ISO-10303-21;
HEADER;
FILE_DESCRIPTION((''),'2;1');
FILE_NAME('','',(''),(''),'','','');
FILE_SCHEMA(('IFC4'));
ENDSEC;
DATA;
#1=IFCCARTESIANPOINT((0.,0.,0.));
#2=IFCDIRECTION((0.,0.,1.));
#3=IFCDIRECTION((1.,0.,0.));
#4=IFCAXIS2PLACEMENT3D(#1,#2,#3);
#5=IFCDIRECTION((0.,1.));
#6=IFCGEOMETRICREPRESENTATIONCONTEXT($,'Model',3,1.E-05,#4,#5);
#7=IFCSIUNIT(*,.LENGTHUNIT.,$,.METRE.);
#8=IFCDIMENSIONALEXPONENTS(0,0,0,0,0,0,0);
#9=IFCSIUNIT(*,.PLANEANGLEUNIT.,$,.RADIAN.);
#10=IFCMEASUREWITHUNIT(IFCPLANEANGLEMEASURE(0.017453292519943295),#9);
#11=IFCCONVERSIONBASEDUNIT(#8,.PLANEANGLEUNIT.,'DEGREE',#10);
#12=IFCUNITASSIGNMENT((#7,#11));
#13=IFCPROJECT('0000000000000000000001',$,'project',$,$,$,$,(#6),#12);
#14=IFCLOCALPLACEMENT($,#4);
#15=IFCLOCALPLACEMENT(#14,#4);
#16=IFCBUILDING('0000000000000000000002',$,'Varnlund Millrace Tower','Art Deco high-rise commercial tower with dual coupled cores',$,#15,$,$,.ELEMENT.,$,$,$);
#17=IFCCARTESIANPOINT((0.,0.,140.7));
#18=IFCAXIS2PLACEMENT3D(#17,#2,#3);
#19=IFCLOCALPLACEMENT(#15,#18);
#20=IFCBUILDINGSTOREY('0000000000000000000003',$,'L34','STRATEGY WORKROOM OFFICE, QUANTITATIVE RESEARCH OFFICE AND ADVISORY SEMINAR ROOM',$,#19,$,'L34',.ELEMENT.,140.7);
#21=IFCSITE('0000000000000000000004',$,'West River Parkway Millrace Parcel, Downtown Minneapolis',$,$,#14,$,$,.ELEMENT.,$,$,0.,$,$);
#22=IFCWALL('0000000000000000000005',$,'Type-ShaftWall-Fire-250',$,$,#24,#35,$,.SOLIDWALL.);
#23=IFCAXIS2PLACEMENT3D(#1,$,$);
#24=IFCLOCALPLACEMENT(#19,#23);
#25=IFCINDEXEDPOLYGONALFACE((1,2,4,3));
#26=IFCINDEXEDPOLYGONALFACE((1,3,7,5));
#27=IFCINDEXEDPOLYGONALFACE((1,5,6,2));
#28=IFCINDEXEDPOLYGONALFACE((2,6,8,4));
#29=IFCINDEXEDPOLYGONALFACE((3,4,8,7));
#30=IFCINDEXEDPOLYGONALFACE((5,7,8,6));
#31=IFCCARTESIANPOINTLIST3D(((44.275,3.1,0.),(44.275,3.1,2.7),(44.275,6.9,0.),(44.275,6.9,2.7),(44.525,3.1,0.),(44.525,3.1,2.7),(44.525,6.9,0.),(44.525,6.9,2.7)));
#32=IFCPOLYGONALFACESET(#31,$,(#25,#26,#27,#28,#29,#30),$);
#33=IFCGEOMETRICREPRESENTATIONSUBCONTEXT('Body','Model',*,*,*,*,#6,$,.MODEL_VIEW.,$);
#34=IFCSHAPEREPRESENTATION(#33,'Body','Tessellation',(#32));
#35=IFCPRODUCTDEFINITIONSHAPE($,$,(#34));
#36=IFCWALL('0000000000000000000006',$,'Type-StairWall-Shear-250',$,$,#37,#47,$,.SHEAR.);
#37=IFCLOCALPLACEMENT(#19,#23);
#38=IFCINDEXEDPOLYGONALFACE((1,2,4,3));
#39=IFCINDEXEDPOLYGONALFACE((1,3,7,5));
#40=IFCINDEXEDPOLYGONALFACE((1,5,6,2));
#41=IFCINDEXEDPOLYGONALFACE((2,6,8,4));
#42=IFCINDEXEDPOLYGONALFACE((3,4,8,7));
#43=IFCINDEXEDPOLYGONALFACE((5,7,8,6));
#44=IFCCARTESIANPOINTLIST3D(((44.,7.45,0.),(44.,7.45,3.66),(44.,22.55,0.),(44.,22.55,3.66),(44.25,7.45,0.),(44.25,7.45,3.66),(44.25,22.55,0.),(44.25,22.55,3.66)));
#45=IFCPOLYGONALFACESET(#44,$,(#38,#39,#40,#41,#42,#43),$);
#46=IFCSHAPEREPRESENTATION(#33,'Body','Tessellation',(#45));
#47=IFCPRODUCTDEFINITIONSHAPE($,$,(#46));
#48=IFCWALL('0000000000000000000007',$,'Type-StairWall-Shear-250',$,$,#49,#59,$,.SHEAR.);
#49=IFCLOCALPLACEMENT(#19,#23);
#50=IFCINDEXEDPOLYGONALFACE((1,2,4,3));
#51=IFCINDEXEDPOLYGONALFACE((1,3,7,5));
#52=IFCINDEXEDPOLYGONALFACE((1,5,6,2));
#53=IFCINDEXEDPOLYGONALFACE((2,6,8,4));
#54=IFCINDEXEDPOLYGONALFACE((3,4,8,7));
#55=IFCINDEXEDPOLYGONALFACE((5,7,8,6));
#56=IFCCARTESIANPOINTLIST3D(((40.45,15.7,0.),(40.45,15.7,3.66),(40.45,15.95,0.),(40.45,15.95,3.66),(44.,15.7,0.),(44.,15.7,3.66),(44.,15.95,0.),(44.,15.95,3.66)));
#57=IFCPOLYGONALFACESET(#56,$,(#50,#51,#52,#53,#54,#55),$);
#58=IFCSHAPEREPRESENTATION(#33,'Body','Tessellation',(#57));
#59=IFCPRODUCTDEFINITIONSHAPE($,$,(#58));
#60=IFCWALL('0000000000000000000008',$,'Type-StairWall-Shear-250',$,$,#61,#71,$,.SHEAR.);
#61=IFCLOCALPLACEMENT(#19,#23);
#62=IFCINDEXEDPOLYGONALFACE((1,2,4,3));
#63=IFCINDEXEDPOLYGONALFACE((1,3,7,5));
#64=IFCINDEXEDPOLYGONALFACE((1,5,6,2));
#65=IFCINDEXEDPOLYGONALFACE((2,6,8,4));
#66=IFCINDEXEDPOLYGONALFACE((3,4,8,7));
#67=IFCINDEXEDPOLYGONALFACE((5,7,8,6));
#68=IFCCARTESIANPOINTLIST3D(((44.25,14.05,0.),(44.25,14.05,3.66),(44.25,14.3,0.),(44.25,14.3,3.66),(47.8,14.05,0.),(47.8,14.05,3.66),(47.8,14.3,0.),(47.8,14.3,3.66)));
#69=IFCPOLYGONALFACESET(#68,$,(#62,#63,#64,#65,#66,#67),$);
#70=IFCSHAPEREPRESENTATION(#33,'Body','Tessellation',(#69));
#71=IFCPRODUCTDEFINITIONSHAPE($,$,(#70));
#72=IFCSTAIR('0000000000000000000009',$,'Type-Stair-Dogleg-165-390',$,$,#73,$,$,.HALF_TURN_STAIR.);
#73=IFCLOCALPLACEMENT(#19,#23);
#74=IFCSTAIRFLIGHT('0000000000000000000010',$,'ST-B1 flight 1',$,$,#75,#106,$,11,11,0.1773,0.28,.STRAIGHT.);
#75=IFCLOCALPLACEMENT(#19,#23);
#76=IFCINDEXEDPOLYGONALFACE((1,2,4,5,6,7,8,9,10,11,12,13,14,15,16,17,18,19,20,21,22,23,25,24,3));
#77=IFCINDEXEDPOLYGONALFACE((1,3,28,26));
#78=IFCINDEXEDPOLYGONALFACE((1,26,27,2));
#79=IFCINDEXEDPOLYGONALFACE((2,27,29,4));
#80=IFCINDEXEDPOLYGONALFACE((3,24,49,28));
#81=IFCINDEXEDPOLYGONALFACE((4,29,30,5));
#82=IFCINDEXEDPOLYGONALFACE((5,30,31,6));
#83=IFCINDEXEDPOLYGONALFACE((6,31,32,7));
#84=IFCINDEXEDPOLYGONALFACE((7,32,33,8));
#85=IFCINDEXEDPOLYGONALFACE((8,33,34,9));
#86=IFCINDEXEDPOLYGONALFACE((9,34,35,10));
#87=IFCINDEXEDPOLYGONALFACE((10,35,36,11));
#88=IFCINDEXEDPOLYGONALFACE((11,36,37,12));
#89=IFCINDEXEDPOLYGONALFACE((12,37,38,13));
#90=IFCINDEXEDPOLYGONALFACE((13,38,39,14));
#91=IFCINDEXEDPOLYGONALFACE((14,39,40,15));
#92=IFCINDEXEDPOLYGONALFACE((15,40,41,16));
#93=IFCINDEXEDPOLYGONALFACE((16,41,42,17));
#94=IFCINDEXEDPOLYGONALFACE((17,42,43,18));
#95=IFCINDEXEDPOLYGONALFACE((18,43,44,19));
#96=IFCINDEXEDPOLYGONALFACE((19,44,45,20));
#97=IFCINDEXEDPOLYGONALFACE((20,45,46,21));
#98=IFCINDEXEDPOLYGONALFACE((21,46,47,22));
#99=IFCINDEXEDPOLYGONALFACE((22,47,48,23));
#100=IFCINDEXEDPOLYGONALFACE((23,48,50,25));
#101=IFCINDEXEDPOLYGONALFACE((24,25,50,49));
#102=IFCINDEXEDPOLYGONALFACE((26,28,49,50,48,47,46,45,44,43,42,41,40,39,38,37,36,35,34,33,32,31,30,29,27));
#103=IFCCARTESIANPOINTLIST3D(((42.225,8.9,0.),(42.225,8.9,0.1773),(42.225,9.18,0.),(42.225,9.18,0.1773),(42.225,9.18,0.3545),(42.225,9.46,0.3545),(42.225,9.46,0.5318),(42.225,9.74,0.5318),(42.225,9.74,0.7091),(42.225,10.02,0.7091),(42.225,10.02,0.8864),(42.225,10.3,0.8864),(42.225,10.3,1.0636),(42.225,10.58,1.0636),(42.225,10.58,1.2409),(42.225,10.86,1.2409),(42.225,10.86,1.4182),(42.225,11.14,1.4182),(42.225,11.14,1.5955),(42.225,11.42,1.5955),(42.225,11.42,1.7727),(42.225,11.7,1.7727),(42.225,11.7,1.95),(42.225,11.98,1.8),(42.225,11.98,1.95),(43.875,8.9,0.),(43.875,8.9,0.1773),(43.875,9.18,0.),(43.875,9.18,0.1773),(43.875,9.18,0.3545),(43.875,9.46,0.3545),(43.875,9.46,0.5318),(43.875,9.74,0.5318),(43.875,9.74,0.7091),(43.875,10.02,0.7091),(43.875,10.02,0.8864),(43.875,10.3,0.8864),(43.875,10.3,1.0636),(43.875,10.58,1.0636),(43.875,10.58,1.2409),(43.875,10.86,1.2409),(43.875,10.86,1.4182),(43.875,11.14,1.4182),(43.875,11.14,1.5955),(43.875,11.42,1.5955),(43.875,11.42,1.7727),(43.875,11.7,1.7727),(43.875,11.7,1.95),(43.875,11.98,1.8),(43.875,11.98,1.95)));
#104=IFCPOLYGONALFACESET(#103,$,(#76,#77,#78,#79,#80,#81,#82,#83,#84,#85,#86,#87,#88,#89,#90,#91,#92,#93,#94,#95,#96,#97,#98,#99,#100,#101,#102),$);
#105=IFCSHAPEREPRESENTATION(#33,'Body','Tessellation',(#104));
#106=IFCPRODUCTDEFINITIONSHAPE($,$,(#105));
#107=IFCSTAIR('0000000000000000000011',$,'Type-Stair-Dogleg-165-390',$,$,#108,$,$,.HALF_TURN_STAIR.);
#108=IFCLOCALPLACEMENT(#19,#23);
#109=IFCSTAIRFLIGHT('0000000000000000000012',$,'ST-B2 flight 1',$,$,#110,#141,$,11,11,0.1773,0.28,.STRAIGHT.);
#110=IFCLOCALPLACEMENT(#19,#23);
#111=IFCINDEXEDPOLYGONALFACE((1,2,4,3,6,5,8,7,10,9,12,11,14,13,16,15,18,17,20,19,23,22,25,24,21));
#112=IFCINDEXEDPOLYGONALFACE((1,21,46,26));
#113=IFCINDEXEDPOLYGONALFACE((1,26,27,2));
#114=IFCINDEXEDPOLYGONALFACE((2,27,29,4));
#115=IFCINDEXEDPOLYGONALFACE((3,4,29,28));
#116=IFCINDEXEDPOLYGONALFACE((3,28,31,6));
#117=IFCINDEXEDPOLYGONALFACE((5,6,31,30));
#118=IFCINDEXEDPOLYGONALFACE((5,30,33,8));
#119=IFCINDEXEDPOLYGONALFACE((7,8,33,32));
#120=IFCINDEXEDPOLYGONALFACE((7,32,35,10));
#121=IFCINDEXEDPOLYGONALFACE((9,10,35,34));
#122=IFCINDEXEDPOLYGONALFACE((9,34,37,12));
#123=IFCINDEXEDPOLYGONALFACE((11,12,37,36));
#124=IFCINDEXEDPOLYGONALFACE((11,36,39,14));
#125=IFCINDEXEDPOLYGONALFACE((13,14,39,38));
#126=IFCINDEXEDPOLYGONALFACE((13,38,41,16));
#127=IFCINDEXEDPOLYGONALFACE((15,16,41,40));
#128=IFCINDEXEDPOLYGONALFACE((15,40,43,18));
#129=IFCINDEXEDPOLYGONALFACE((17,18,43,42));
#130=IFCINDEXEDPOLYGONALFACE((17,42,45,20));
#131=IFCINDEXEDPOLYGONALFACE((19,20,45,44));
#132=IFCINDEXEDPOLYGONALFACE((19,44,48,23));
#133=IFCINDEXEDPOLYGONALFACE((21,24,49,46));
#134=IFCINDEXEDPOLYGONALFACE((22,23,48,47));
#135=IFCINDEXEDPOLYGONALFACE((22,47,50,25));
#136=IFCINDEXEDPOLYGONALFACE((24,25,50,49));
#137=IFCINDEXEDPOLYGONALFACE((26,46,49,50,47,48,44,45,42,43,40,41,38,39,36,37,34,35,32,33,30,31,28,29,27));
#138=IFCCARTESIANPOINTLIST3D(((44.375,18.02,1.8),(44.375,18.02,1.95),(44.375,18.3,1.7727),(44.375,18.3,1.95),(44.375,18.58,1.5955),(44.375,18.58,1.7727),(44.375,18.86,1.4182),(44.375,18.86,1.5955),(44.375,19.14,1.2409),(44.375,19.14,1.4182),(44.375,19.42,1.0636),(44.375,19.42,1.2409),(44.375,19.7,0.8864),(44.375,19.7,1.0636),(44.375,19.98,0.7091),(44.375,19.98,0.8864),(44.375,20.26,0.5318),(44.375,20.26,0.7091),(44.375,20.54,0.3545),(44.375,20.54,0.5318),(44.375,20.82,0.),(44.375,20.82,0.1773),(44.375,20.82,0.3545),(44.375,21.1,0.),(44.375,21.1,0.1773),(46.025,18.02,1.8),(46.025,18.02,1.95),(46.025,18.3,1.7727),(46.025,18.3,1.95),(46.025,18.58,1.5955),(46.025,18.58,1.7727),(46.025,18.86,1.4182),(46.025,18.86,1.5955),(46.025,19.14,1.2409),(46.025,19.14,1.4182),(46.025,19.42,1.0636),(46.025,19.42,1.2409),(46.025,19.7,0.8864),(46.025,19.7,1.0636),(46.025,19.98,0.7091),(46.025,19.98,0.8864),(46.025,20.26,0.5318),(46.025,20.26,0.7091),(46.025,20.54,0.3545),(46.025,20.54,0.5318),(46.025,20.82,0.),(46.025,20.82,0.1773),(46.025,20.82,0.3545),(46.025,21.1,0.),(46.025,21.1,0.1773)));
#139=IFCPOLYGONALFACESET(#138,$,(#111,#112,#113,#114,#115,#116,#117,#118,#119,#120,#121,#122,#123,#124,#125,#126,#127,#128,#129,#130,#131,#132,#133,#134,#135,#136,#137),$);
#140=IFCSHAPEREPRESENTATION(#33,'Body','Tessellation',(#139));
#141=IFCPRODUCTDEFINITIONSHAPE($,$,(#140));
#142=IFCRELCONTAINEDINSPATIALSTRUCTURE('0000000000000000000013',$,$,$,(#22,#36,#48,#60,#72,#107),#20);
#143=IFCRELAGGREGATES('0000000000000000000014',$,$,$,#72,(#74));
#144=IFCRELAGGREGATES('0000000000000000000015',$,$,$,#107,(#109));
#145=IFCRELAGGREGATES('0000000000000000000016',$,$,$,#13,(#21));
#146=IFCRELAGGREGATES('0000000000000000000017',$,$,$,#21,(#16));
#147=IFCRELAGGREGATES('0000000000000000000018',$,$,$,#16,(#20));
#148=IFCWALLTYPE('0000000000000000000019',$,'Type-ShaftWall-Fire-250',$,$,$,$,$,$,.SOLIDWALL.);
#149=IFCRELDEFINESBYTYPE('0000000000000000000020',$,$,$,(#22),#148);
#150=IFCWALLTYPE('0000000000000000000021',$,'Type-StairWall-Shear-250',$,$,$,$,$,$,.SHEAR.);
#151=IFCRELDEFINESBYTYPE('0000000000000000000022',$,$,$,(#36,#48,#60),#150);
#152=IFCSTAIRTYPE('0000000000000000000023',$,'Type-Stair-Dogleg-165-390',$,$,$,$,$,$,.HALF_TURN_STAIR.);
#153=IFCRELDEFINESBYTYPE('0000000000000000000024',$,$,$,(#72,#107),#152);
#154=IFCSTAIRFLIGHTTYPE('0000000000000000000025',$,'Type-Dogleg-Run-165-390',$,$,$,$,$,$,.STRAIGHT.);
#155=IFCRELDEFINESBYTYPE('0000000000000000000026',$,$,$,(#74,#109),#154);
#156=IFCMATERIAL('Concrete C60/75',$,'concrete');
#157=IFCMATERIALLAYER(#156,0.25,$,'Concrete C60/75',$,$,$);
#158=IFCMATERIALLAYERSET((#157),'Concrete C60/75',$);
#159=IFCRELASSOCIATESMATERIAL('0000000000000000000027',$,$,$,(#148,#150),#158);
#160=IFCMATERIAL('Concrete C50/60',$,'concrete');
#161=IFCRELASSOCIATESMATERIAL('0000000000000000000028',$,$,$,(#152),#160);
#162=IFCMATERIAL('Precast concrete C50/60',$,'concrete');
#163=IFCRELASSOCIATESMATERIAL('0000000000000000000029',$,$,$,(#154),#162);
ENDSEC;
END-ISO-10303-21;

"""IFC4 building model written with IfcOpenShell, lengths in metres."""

from ifc_helpers import new_model, entity, si_unit, converted_unit, direction, frame, origin_with_axes, place, context, subcontext, project, spatial, polyline, outline, extrude, material, layer, layer_set, type_object, element, aggregate, save


model = new_model("IFC4")

# Units and contexts
model_context = context("Model", 3, precision=1e-05, world=origin_with_axes(), true_north=direction((0.0, 1.0)))
body_context = subcontext(model_context, "Body", "Model", "MODEL_VIEW")
ifc_project = project(units=[si_unit("LENGTHUNIT", "METRE"), converted_unit("PLANEANGLEUNIT", "DEGREE", entity("IfcPlaneAngleMeasure", 0.017453292519943295), si_unit("PLANEANGLEUNIT", "RADIAN"), dimensions=[0, 0, 0, 0, 0, 0, 0])], contexts=[model_context])

# Site, building, storey
site_placement = place(None, origin_with_axes())
site = spatial("IfcSite", under=ifc_project, at=site_placement, Name="West River Parkway Millrace Parcel, Downtown Minneapolis", CompositionType="ELEMENT", RefElevation=0.0)
building_placement = place(site_placement, origin_with_axes())
building = spatial("IfcBuilding", under=site, at=building_placement, Name="Varnlund Millrace Tower", Description="Art Deco high-rise commercial tower with dual coupled cores", CompositionType="ELEMENT")
storey_placement = place(building_placement, frame((0.0, 0.0, 140.7), z_axis=(0.0, 0.0, 1.0), x_axis=(1.0, 0.0, 0.0)))
storey = spatial("IfcBuildingStorey", under=building, at=storey_placement, Name="L34", Description="STRATEGY WORKROOM OFFICE, QUANTITATIVE RESEARCH OFFICE AND ADVISORY SEMINAR ROOM", LongName="L34", CompositionType="ELEMENT", Elevation=140.7)

# Shared definitions
ifc_material_1 = material(Name="Concrete C60/75", Category="concrete")
ifc_layer_1 = layer(ifc_material_1, 0.25, Name="Concrete C60/75")
ifc_layer_set_1 = layer_set([ifc_layer_1], Name="Concrete C60/75")
wall_type_1 = type_object("IfcWallType", Name="Type-ShaftWall-Fire-250", PredefinedType="SOLIDWALL", material=ifc_layer_set_1)

# Walls
wall_1_placement = place(storey_placement, frame((44.4, 3.1, 0.0), z_axis=(0.0, 0.0, 1.0), x_axis=(0.0, 1.0, 0.0)))
element("IfcWall", 1, at=wall_1_placement, inside=storey, type_object=wall_type_1, Name="Type-ShaftWall-Fire-250", PredefinedType="SOLIDWALL", context=body_context, shape_type="SweptSolid", body=[
    extrude(outline(polyline([(0.0, -0.125), (3.8, -0.125), (3.8, 0.125), (0.0, 0.125), (0.0, -0.125)])), origin_with_axes(), (0.0, 0.0, 1.0), 2.7),
])
wall_type_2 = type_object("IfcWallType", Name="Type-StairWall-Shear-250", PredefinedType="SHEAR", material=ifc_layer_set_1)
wall_2_placement = place(storey_placement, frame((44.125, 7.45, 0.0), z_axis=(0.0, 0.0, 1.0), x_axis=(0.0, 1.0, 0.0)))
element("IfcWall", 2, at=wall_2_placement, inside=storey, type_object=wall_type_2, Name="Type-StairWall-Shear-250", PredefinedType="SHEAR", context=body_context, shape_type="SweptSolid", body=[
    extrude(outline(polyline([(0.0, -0.125), (15.1, -0.125), (15.1, 0.125), (0.0, 0.125), (0.0, -0.125)])), origin_with_axes(), (0.0, 0.0, 1.0), 3.66),
])
for number, where, z_axis, x_axis, name in (
    (3, (40.45, 15.825, 0.0), (0.0, 0.0, 1.0), (1.0, 0.0, 0.0), "Type-StairWall-Shear-250"),
    (4, (44.25, 14.175, 0.0), (0.0, 0.0, 1.0), (1.0, 0.0, 0.0), "Type-StairWall-Shear-250"),
):
    element("IfcWall", number, at=place(storey_placement, frame(where, z_axis=z_axis, x_axis=x_axis)), inside=storey, type_object=wall_type_2, Name=name, PredefinedType="SHEAR", context=body_context, shape_type="SweptSolid", body=[
        extrude(outline(polyline([(0.0, -0.125), (3.55, -0.125), (3.55, 0.125), (0.0, 0.125), (0.0, -0.125)])), origin_with_axes(), (0.0, 0.0, 1.0), 3.66),
    ])

# Stairs, stair flights
ifc_material_2 = material(Name="Concrete C50/60", Category="concrete")
stair_type = type_object("IfcStairType", Name="Type-Stair-Dogleg-165-390", PredefinedType="HALF_TURN_STAIR", material=ifc_material_2)
stair_1_placement = place(storey_placement, origin_with_axes())
stair_1 = element("IfcStair", 5, at=stair_1_placement, inside=storey, type_object=stair_type, Name="Type-Stair-Dogleg-165-390", PredefinedType="HALF_TURN_STAIR")
ifc_material_3 = material(Name="Precast concrete C50/60", Category="concrete")
stair_flight_type = type_object("IfcStairFlightType", Name="Type-Dogleg-Run-165-390", PredefinedType="STRAIGHT", material=ifc_material_3)
stair_flight_1_placement = place(storey_placement, frame((42.225, 8.9, 0.0), z_axis=(1.0, 0.0, 0.0), x_axis=(0.0, 1.0, 0.0)))
stair_flight_1 = element("IfcStairFlight", 6, at=stair_flight_1_placement, type_object=stair_flight_type, Name="ST-B1 flight 1", NumberOfRisers=11, NumberOfTreads=11, PredefinedType="STRAIGHT", RiserHeight=0.1773, TreadLength=0.28, context=body_context, shape_type="SweptSolid", body=[
    extrude(outline(polyline([(0.0, 0.0), (0.0, 0.1773), (0.28, 0.1773), (0.28, 0.3545), (0.56, 0.3545), (0.56, 0.5318), (0.84, 0.5318), (0.84, 0.7091), (1.12, 0.7091), (1.12, 0.8864), (1.4, 0.8864), (1.4, 1.0636), (1.68, 1.0636), (1.68, 1.2409), (1.96, 1.2409), (1.96, 1.4182), (2.24, 1.4182), (2.24, 1.5955), (2.52, 1.5955), (2.52, 1.7727), (2.8, 1.7727), (2.8, 1.95), (3.08, 1.95), (3.08, 1.8), (0.28, 0.0), (0.0, 0.0)])), origin_with_axes(), (0.0, 0.0, 1.0), 1.65),
])
aggregate(stair_1, [stair_flight_1])
stair_2_placement = place(storey_placement, origin_with_axes())
stair_2 = element("IfcStair", 7, at=stair_2_placement, inside=storey, type_object=stair_type, Name="Type-Stair-Dogleg-165-390", PredefinedType="HALF_TURN_STAIR")
stair_flight_2_placement = place(storey_placement, frame((46.025, 21.1, 0.0), z_axis=(-1.0, 0.0, 0.0), x_axis=(0.0, -1.0, 0.0)))
stair_flight_2 = element("IfcStairFlight", 8, at=stair_flight_2_placement, type_object=stair_flight_type, Name="ST-B2 flight 1", NumberOfRisers=11, NumberOfTreads=11, PredefinedType="STRAIGHT", RiserHeight=0.1773, TreadLength=0.28, context=body_context, shape_type="SweptSolid", body=[
    extrude(outline(polyline([(0.0, 0.0), (0.0, 0.1773), (0.28, 0.1773), (0.28, 0.3545), (0.56, 0.3545), (0.56, 0.5318), (0.84, 0.5318), (0.84, 0.7091), (1.12, 0.7091), (1.12, 0.8864), (1.4, 0.8864), (1.4, 1.0636), (1.68, 1.0636), (1.68, 1.2409), (1.96, 1.2409), (1.96, 1.4182), (2.24, 1.4182), (2.24, 1.5955), (2.52, 1.5955), (2.52, 1.7727), (2.8, 1.7727), (2.8, 1.95), (3.08, 1.95), (3.08, 1.8), (0.28, 0.0), (0.0, 0.0)])), origin_with_axes(), (0.0, 0.0, 1.0), 1.65),
])
aggregate(stair_2, [stair_flight_2])

save(model, "model.ifc")
